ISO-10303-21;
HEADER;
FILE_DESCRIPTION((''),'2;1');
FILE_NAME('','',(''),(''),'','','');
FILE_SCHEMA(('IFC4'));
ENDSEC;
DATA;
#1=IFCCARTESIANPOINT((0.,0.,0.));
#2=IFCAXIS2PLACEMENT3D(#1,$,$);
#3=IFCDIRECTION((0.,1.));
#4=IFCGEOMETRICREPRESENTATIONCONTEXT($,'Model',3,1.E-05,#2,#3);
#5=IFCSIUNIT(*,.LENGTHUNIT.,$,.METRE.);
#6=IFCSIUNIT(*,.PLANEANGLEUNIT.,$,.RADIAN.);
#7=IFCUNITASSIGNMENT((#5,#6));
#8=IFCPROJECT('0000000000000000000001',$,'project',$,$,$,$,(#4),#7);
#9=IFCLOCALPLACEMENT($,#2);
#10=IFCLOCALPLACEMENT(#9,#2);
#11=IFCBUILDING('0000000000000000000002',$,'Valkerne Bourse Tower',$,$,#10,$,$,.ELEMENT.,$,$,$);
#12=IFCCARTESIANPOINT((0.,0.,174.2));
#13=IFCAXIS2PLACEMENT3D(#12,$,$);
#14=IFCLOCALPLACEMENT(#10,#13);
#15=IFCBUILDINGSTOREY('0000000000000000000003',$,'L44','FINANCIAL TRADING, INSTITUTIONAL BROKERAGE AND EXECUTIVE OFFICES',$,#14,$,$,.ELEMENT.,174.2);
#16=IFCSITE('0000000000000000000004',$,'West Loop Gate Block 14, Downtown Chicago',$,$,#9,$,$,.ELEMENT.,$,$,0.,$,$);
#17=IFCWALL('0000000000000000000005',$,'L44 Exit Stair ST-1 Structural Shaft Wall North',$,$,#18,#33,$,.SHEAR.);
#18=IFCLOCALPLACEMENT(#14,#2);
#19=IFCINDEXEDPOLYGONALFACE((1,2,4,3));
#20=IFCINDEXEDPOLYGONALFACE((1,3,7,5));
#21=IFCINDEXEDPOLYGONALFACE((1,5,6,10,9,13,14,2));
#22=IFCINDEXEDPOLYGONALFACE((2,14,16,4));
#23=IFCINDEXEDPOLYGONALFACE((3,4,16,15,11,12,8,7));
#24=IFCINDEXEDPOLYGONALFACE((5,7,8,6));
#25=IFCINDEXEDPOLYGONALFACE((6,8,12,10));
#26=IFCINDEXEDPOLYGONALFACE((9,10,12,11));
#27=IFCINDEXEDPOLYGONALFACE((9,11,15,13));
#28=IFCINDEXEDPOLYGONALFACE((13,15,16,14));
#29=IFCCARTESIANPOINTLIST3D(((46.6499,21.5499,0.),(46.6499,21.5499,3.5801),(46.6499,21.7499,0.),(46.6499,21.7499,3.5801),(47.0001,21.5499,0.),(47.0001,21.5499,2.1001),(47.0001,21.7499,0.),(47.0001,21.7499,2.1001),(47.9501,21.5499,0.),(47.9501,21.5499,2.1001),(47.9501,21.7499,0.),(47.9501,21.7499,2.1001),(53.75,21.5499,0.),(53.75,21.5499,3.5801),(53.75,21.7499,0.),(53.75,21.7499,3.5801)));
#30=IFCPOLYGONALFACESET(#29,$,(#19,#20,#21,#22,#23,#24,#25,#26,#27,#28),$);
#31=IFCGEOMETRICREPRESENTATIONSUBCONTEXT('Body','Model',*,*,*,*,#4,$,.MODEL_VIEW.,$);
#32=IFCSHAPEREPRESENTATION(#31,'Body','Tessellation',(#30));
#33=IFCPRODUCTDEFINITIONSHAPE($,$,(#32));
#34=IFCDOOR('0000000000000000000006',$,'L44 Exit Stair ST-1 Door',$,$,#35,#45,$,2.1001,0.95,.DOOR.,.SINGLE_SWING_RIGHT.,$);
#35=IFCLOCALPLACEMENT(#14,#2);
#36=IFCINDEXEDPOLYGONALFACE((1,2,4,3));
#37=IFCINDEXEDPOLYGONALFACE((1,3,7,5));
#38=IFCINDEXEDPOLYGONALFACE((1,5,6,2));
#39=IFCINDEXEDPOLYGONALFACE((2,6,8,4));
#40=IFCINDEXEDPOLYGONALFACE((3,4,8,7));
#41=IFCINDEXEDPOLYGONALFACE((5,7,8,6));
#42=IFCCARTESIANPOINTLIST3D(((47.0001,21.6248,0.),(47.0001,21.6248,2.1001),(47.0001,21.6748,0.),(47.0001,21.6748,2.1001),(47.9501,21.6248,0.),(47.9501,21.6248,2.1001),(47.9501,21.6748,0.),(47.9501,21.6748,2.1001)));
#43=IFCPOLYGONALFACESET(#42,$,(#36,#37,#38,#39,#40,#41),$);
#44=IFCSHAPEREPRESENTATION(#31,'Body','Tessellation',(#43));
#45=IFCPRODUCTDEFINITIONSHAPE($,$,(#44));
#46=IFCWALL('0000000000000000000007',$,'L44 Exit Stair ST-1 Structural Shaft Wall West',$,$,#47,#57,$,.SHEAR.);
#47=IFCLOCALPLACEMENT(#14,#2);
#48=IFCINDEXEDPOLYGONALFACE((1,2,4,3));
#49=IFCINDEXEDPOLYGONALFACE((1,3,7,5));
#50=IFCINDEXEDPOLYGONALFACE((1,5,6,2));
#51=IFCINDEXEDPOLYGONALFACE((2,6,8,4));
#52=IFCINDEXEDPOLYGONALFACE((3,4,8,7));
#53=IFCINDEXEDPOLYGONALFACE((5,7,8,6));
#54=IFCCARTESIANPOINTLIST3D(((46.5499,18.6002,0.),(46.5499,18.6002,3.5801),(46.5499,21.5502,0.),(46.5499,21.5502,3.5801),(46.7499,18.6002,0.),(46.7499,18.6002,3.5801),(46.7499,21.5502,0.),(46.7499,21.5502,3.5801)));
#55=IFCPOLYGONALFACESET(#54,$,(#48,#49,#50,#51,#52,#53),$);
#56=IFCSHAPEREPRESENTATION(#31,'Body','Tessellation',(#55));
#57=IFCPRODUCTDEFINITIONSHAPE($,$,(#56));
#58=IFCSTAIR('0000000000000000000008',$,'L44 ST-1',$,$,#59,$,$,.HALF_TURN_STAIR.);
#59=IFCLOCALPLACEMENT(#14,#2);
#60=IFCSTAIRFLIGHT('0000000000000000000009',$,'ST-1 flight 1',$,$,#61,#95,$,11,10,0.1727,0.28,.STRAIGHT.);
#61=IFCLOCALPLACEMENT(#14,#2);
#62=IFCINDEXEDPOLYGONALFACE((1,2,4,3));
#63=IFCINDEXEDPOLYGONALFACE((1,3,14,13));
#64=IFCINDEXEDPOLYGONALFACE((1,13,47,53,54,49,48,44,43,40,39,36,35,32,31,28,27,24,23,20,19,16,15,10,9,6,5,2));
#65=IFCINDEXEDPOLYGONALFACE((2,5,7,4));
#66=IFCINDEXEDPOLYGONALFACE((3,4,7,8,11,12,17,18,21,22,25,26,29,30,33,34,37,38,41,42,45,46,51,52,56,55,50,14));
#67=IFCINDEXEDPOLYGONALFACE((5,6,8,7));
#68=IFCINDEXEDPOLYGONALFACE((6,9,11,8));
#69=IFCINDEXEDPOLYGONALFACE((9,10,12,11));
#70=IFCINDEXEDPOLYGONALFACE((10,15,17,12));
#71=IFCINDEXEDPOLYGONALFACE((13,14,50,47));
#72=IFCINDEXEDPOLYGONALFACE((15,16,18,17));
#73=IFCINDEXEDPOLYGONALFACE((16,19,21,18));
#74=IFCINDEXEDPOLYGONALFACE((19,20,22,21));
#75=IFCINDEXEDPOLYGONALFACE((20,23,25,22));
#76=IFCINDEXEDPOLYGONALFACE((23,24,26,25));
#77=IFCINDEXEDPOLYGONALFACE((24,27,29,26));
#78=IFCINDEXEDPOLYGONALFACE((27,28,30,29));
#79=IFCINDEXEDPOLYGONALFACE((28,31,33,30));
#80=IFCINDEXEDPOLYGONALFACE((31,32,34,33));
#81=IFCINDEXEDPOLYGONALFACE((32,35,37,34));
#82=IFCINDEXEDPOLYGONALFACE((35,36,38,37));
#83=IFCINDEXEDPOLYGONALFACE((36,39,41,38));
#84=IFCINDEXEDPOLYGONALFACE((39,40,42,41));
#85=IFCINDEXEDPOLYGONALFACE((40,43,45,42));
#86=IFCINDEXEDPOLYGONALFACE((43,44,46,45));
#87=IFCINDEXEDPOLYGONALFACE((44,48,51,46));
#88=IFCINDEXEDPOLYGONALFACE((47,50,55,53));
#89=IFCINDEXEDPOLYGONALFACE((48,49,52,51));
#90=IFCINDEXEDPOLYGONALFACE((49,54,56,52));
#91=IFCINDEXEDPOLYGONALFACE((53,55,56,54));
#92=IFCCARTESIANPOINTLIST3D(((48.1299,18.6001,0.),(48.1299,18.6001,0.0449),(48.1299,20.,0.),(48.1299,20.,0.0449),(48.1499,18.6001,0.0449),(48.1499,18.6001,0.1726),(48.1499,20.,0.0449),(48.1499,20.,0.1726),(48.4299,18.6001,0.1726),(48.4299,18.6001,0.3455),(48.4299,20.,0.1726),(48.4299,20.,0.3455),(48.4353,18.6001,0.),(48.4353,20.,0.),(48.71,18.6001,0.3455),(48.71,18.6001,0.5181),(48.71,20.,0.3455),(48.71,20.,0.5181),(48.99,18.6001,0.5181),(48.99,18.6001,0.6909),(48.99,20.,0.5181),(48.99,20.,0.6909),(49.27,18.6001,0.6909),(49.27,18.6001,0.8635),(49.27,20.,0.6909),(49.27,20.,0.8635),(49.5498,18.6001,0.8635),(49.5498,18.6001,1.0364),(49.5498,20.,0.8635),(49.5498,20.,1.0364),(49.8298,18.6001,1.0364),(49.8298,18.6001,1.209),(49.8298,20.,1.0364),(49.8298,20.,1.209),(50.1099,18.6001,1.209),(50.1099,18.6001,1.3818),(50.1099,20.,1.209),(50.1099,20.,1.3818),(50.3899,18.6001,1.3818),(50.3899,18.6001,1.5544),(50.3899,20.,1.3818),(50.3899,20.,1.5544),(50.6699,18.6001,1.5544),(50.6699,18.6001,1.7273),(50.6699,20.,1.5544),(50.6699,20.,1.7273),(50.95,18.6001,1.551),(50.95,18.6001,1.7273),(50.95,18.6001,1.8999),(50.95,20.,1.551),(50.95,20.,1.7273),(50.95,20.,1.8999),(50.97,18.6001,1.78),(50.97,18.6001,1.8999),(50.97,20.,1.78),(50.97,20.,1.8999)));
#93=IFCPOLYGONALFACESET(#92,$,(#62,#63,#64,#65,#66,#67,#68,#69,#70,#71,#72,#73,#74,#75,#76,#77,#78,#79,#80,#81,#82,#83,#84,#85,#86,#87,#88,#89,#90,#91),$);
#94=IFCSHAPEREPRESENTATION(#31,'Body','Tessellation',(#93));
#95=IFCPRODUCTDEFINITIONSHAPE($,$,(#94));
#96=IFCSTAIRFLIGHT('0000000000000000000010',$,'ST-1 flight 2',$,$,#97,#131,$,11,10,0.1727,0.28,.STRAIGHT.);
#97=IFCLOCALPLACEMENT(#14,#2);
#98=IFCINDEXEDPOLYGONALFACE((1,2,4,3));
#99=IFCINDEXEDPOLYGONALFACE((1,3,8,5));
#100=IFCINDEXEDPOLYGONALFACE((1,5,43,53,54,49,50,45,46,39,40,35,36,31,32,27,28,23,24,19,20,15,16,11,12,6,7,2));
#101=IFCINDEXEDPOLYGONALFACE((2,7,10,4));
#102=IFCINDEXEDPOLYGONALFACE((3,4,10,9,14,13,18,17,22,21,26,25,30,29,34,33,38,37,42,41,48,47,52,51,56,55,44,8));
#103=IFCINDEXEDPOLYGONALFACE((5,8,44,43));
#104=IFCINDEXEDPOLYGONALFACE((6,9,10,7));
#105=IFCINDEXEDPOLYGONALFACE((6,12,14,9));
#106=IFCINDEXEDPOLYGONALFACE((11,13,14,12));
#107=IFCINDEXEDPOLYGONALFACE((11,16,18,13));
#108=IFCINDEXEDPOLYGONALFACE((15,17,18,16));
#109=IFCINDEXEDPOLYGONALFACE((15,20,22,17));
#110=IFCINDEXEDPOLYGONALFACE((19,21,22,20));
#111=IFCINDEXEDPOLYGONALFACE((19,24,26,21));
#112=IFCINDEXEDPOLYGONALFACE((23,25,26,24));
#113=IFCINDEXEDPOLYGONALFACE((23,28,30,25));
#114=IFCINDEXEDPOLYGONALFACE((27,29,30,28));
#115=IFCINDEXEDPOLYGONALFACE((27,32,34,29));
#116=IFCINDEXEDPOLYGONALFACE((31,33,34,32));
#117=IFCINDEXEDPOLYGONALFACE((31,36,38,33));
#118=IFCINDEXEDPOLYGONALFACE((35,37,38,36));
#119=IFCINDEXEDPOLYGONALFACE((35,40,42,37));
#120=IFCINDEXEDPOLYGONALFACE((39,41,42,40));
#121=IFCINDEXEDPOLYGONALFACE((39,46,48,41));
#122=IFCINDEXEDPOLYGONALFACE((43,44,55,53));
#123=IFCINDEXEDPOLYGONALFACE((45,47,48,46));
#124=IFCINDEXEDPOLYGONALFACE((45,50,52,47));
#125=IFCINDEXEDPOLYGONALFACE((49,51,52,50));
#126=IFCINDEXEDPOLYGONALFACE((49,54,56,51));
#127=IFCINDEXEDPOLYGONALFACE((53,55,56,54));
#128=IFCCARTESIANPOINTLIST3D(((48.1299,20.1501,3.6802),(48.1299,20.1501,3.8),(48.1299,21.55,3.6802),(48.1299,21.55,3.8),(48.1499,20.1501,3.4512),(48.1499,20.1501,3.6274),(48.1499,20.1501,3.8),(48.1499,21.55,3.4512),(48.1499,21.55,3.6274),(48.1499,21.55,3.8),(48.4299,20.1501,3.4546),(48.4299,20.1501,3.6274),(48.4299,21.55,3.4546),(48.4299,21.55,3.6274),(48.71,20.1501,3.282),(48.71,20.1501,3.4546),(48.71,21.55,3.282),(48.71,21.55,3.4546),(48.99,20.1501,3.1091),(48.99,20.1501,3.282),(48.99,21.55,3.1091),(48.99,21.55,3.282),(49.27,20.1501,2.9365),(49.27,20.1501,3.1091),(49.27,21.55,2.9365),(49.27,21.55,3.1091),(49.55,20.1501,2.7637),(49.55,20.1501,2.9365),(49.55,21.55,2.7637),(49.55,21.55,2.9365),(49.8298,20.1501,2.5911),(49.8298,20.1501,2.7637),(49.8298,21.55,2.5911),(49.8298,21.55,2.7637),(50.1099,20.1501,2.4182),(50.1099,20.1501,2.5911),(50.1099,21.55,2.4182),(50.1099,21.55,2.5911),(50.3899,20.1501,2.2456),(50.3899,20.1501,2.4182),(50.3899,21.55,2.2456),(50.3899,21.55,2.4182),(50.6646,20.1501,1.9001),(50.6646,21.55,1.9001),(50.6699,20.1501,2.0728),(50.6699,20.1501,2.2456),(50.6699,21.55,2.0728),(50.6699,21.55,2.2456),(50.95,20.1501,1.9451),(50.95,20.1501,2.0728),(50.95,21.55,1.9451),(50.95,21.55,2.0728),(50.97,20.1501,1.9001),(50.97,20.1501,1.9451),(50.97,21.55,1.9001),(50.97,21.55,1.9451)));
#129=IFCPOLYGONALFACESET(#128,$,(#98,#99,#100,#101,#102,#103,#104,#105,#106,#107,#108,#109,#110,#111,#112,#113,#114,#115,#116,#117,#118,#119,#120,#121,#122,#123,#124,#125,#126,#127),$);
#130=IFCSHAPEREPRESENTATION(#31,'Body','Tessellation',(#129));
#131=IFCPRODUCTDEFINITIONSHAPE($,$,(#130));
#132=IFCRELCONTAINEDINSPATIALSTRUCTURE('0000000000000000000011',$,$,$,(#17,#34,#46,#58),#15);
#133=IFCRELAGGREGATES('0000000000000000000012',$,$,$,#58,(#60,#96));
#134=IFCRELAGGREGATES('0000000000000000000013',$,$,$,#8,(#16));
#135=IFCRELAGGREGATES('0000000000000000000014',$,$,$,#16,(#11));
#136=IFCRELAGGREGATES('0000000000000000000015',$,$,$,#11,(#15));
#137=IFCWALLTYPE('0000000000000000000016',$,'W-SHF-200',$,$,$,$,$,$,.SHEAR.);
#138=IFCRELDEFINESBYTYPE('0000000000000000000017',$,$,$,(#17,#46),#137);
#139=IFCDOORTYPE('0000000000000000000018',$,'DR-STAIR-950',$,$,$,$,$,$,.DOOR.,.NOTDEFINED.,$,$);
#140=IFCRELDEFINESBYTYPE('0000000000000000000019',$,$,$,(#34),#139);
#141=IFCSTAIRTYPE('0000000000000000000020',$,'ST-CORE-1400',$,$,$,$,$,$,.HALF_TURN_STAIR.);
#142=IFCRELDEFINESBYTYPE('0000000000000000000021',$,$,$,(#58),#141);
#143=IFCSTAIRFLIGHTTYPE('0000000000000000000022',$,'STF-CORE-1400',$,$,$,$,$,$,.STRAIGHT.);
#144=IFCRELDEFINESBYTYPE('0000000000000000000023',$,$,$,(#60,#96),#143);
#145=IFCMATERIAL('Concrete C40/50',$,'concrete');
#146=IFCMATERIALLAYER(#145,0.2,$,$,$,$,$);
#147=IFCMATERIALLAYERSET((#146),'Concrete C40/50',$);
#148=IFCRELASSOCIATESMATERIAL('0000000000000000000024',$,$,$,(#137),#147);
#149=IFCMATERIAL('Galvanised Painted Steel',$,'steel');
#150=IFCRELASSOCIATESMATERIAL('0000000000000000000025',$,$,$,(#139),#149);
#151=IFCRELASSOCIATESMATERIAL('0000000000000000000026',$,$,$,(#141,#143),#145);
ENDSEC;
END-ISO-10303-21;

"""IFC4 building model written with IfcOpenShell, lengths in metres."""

from ifc_helpers import new_model, si_unit, direction, frame, frame_2d, origin, place, context, subcontext, project, spatial, polyline, rectangle, outline, extrude, material, layer, layer_set, type_object, element, fill, aggregate, save


model = new_model("IFC4")

# Units and contexts
model_context = context("Model", 3, precision=1e-05, world=origin(), true_north=direction((0.0, 1.0)))
body_context = subcontext(model_context, "Body", "Model", "MODEL_VIEW")
ifc_project = project(units=[si_unit("LENGTHUNIT", "METRE"), si_unit("PLANEANGLEUNIT", "RADIAN")], contexts=[model_context])

# Site, building, storey
site_placement = place(None, origin())
site = spatial("IfcSite", under=ifc_project, at=site_placement, Name="West Loop Gate Block 14, Downtown Chicago", CompositionType="ELEMENT", RefElevation=0.0)
building_placement = place(site_placement, origin())
building = spatial("IfcBuilding", under=site, at=building_placement, Name="Valkerne Bourse Tower", CompositionType="ELEMENT")
storey_placement = place(building_placement, frame((0.0, 0.0, 174.2)))
storey = spatial("IfcBuildingStorey", under=building, at=storey_placement, Name="L44", Description="FINANCIAL TRADING, INSTITUTIONAL BROKERAGE AND EXECUTIVE OFFICES", CompositionType="ELEMENT", Elevation=174.2)

# Shared definitions
ifc_material_1 = material(Name="Galvanised Painted Steel", Category="steel")

# Wall, opening, door
ifc_material_2 = material(Name="Concrete C40/50", Category="concrete")
ifc_layer_1 = layer(ifc_material_2, 0.2)
ifc_layer_set_1 = layer_set([ifc_layer_1], Name="Concrete C40/50")
wall_type_1 = type_object("IfcWallType", Name="W-SHF-200", PredefinedType="SHEAR", material=ifc_layer_set_1)
wall_1_placement = place(storey_placement, frame((46.6499, 21.6499, 0.0), z_axis=(0.0, 0.0, 1.0), x_axis=(1.0, 0.0, 0.0)))
wall_1 = element("IfcWall", 1, at=wall_1_placement, inside=storey, type_object=wall_type_1, Name="L44 Exit Stair ST-1 Structural Shaft Wall North", PredefinedType="SHEAR", context=body_context, shape_type="SweptSolid", body=[
    extrude(rectangle(XDim=7.1001, YDim=0.2, at=frame_2d((3.55, 0.0))), origin(), (0.0, 0.0, 1.0), 3.5801),
])
opening_1_placement = place(wall_1_placement, frame((0.3501, 0.0, 0.0)))
opening_1 = element("IfcOpeningElement", 2, at=opening_1_placement, cuts=wall_1, PredefinedType="OPENING", context=body_context, shape_type="SweptSolid", body=[
    extrude(rectangle(XDim=0.95, YDim=2.1001, at=frame_2d((0.4751, 1.05))), frame((0.0, 0.1099, 0.0), z_axis=(0.0, -1.0, 0.0), x_axis=(1.0, 0.0, 0.0)), (0.0, 0.0, 1.0), 0.22),
])
door_type_1 = type_object("IfcDoorType", Name="DR-STAIR-950", OperationType="NOTDEFINED", PredefinedType="DOOR", material=ifc_material_1)
door_1_placement = place(opening_1_placement, origin())
door_1 = element("IfcDoor", 3, at=door_1_placement, inside=storey, type_object=door_type_1, Name="L44 Exit Stair ST-1 Door", OperationType="SINGLE_SWING_RIGHT", OverallHeight=2.1001, OverallWidth=0.95, PredefinedType="DOOR", context=body_context, shape_type="SweptSolid", body=[
    extrude(rectangle(XDim=0.95, YDim=2.1001, at=frame_2d((0.4751, 1.05))), frame((0.0, 0.0249, 0.0), z_axis=(0.0, -1.0, 0.0), x_axis=(1.0, 0.0, 0.0)), (0.0, 0.0, 1.0), 0.05),
])
fill(opening_1, door_1)

# Wall
wall_2_placement = place(storey_placement, frame((46.6499, 18.6001, 0.0), z_axis=(0.0, 0.0, 1.0), x_axis=(0.0, 1.0, 0.0)))
element("IfcWall", 4, at=wall_2_placement, inside=storey, type_object=wall_type_1, Name="L44 Exit Stair ST-1 Structural Shaft Wall West", PredefinedType="SHEAR", context=body_context, shape_type="SweptSolid", body=[
    extrude(rectangle(XDim=2.95, YDim=0.2, at=frame_2d((1.4751, 0.0))), origin(), (0.0, 0.0, 1.0), 3.5801),
])

# Stair, stair flights
stair_type = type_object("IfcStairType", Name="ST-CORE-1400", PredefinedType="HALF_TURN_STAIR", material=ifc_material_2)
stair_placement = place(storey_placement, origin())
stair = element("IfcStair", 5, at=stair_placement, inside=storey, type_object=stair_type, Name="L44 ST-1", PredefinedType="HALF_TURN_STAIR")
stair_flight_type = type_object("IfcStairFlightType", Name="STF-CORE-1400", PredefinedType="STRAIGHT", material=ifc_material_2)
stair_flight_1_placement = place(storey_placement, frame((48.1499, 19.3, 0.0), z_axis=(0.0, 0.0, 1.0), x_axis=(1.0, 0.0, 0.0)))
stair_flight_1 = element("IfcStairFlight", 6, at=stair_flight_1_placement, type_object=stair_flight_type, Name="ST-1 flight 1", NumberOfRisers=11, NumberOfTreads=10, PredefinedType="STRAIGHT", RiserHeight=0.1727, TreadLength=0.28, context=body_context, shape_type="SweptSolid", body=[
    extrude(outline(polyline([(-0.02, 0.0), (-0.02, 0.0449), (0.0, 0.0449), (0.0, 0.1726), (0.28, 0.1726), (0.28, 0.3455), (0.5601, 0.3455), (0.5601, 0.5181), (0.8401, 0.5181), (0.8401, 0.6909), (1.1201, 0.6909), (1.1201, 0.8635), (1.3999, 0.8635), (1.3999, 1.0364), (1.6799, 1.0364), (1.6799, 1.209), (1.96, 1.209), (1.96, 1.3818), (2.24, 1.3818), (2.24, 1.5544), (2.52, 1.5544), (2.52, 1.7273), (2.8, 1.7273), (2.8, 1.8999), (2.8201, 1.8999), (2.8201, 1.78), (2.8, 1.551), (0.2854, 0.0), (-0.02, 0.0)])), frame((0.0, 0.7, 0.0), z_axis=(0.0, -1.0, 0.0), x_axis=(1.0, 0.0, 0.0)), (0.0, 0.0, 1.0), 1.3999),
])
stair_flight_2_placement = place(storey_placement, frame((50.95, 20.8501, 1.9001), z_axis=(0.0, 0.0, 1.0), x_axis=(-1.0, 0.0, 0.0)))
stair_flight_2 = element("IfcStairFlight", 7, at=stair_flight_2_placement, type_object=stair_flight_type, Name="ST-1 flight 2", NumberOfRisers=11, NumberOfTreads=10, PredefinedType="STRAIGHT", RiserHeight=0.1727, TreadLength=0.28, context=body_context, shape_type="SweptSolid", body=[
    extrude(outline(polyline([(-0.02, 0.0), (-0.02, 0.0449), (0.0, 0.0449), (0.0, 0.1726), (0.28, 0.1726), (0.28, 0.3455), (0.5601, 0.3455), (0.5601, 0.5181), (0.8401, 0.5181), (0.8401, 0.6909), (1.1201, 0.6909), (1.1201, 0.8635), (1.3999, 0.8635), (1.3999, 1.0364), (1.6799, 1.0364), (1.6799, 1.209), (1.96, 1.209), (1.96, 1.3818), (2.24, 1.3818), (2.24, 1.5544), (2.52, 1.5544), (2.52, 1.7273), (2.8, 1.7273), (2.8, 1.8999), (2.8201, 1.8999), (2.8201, 1.78), (2.8, 1.551), (0.2854, 0.0), (-0.02, 0.0)])), frame((0.0, 0.7, 0.0), z_axis=(0.0, -1.0, 0.0), x_axis=(1.0, 0.0, 0.0)), (0.0, 0.0, 1.0), 1.3999),
])
aggregate(stair, [stair_flight_1, stair_flight_2])

save(model, "model.ifc")
